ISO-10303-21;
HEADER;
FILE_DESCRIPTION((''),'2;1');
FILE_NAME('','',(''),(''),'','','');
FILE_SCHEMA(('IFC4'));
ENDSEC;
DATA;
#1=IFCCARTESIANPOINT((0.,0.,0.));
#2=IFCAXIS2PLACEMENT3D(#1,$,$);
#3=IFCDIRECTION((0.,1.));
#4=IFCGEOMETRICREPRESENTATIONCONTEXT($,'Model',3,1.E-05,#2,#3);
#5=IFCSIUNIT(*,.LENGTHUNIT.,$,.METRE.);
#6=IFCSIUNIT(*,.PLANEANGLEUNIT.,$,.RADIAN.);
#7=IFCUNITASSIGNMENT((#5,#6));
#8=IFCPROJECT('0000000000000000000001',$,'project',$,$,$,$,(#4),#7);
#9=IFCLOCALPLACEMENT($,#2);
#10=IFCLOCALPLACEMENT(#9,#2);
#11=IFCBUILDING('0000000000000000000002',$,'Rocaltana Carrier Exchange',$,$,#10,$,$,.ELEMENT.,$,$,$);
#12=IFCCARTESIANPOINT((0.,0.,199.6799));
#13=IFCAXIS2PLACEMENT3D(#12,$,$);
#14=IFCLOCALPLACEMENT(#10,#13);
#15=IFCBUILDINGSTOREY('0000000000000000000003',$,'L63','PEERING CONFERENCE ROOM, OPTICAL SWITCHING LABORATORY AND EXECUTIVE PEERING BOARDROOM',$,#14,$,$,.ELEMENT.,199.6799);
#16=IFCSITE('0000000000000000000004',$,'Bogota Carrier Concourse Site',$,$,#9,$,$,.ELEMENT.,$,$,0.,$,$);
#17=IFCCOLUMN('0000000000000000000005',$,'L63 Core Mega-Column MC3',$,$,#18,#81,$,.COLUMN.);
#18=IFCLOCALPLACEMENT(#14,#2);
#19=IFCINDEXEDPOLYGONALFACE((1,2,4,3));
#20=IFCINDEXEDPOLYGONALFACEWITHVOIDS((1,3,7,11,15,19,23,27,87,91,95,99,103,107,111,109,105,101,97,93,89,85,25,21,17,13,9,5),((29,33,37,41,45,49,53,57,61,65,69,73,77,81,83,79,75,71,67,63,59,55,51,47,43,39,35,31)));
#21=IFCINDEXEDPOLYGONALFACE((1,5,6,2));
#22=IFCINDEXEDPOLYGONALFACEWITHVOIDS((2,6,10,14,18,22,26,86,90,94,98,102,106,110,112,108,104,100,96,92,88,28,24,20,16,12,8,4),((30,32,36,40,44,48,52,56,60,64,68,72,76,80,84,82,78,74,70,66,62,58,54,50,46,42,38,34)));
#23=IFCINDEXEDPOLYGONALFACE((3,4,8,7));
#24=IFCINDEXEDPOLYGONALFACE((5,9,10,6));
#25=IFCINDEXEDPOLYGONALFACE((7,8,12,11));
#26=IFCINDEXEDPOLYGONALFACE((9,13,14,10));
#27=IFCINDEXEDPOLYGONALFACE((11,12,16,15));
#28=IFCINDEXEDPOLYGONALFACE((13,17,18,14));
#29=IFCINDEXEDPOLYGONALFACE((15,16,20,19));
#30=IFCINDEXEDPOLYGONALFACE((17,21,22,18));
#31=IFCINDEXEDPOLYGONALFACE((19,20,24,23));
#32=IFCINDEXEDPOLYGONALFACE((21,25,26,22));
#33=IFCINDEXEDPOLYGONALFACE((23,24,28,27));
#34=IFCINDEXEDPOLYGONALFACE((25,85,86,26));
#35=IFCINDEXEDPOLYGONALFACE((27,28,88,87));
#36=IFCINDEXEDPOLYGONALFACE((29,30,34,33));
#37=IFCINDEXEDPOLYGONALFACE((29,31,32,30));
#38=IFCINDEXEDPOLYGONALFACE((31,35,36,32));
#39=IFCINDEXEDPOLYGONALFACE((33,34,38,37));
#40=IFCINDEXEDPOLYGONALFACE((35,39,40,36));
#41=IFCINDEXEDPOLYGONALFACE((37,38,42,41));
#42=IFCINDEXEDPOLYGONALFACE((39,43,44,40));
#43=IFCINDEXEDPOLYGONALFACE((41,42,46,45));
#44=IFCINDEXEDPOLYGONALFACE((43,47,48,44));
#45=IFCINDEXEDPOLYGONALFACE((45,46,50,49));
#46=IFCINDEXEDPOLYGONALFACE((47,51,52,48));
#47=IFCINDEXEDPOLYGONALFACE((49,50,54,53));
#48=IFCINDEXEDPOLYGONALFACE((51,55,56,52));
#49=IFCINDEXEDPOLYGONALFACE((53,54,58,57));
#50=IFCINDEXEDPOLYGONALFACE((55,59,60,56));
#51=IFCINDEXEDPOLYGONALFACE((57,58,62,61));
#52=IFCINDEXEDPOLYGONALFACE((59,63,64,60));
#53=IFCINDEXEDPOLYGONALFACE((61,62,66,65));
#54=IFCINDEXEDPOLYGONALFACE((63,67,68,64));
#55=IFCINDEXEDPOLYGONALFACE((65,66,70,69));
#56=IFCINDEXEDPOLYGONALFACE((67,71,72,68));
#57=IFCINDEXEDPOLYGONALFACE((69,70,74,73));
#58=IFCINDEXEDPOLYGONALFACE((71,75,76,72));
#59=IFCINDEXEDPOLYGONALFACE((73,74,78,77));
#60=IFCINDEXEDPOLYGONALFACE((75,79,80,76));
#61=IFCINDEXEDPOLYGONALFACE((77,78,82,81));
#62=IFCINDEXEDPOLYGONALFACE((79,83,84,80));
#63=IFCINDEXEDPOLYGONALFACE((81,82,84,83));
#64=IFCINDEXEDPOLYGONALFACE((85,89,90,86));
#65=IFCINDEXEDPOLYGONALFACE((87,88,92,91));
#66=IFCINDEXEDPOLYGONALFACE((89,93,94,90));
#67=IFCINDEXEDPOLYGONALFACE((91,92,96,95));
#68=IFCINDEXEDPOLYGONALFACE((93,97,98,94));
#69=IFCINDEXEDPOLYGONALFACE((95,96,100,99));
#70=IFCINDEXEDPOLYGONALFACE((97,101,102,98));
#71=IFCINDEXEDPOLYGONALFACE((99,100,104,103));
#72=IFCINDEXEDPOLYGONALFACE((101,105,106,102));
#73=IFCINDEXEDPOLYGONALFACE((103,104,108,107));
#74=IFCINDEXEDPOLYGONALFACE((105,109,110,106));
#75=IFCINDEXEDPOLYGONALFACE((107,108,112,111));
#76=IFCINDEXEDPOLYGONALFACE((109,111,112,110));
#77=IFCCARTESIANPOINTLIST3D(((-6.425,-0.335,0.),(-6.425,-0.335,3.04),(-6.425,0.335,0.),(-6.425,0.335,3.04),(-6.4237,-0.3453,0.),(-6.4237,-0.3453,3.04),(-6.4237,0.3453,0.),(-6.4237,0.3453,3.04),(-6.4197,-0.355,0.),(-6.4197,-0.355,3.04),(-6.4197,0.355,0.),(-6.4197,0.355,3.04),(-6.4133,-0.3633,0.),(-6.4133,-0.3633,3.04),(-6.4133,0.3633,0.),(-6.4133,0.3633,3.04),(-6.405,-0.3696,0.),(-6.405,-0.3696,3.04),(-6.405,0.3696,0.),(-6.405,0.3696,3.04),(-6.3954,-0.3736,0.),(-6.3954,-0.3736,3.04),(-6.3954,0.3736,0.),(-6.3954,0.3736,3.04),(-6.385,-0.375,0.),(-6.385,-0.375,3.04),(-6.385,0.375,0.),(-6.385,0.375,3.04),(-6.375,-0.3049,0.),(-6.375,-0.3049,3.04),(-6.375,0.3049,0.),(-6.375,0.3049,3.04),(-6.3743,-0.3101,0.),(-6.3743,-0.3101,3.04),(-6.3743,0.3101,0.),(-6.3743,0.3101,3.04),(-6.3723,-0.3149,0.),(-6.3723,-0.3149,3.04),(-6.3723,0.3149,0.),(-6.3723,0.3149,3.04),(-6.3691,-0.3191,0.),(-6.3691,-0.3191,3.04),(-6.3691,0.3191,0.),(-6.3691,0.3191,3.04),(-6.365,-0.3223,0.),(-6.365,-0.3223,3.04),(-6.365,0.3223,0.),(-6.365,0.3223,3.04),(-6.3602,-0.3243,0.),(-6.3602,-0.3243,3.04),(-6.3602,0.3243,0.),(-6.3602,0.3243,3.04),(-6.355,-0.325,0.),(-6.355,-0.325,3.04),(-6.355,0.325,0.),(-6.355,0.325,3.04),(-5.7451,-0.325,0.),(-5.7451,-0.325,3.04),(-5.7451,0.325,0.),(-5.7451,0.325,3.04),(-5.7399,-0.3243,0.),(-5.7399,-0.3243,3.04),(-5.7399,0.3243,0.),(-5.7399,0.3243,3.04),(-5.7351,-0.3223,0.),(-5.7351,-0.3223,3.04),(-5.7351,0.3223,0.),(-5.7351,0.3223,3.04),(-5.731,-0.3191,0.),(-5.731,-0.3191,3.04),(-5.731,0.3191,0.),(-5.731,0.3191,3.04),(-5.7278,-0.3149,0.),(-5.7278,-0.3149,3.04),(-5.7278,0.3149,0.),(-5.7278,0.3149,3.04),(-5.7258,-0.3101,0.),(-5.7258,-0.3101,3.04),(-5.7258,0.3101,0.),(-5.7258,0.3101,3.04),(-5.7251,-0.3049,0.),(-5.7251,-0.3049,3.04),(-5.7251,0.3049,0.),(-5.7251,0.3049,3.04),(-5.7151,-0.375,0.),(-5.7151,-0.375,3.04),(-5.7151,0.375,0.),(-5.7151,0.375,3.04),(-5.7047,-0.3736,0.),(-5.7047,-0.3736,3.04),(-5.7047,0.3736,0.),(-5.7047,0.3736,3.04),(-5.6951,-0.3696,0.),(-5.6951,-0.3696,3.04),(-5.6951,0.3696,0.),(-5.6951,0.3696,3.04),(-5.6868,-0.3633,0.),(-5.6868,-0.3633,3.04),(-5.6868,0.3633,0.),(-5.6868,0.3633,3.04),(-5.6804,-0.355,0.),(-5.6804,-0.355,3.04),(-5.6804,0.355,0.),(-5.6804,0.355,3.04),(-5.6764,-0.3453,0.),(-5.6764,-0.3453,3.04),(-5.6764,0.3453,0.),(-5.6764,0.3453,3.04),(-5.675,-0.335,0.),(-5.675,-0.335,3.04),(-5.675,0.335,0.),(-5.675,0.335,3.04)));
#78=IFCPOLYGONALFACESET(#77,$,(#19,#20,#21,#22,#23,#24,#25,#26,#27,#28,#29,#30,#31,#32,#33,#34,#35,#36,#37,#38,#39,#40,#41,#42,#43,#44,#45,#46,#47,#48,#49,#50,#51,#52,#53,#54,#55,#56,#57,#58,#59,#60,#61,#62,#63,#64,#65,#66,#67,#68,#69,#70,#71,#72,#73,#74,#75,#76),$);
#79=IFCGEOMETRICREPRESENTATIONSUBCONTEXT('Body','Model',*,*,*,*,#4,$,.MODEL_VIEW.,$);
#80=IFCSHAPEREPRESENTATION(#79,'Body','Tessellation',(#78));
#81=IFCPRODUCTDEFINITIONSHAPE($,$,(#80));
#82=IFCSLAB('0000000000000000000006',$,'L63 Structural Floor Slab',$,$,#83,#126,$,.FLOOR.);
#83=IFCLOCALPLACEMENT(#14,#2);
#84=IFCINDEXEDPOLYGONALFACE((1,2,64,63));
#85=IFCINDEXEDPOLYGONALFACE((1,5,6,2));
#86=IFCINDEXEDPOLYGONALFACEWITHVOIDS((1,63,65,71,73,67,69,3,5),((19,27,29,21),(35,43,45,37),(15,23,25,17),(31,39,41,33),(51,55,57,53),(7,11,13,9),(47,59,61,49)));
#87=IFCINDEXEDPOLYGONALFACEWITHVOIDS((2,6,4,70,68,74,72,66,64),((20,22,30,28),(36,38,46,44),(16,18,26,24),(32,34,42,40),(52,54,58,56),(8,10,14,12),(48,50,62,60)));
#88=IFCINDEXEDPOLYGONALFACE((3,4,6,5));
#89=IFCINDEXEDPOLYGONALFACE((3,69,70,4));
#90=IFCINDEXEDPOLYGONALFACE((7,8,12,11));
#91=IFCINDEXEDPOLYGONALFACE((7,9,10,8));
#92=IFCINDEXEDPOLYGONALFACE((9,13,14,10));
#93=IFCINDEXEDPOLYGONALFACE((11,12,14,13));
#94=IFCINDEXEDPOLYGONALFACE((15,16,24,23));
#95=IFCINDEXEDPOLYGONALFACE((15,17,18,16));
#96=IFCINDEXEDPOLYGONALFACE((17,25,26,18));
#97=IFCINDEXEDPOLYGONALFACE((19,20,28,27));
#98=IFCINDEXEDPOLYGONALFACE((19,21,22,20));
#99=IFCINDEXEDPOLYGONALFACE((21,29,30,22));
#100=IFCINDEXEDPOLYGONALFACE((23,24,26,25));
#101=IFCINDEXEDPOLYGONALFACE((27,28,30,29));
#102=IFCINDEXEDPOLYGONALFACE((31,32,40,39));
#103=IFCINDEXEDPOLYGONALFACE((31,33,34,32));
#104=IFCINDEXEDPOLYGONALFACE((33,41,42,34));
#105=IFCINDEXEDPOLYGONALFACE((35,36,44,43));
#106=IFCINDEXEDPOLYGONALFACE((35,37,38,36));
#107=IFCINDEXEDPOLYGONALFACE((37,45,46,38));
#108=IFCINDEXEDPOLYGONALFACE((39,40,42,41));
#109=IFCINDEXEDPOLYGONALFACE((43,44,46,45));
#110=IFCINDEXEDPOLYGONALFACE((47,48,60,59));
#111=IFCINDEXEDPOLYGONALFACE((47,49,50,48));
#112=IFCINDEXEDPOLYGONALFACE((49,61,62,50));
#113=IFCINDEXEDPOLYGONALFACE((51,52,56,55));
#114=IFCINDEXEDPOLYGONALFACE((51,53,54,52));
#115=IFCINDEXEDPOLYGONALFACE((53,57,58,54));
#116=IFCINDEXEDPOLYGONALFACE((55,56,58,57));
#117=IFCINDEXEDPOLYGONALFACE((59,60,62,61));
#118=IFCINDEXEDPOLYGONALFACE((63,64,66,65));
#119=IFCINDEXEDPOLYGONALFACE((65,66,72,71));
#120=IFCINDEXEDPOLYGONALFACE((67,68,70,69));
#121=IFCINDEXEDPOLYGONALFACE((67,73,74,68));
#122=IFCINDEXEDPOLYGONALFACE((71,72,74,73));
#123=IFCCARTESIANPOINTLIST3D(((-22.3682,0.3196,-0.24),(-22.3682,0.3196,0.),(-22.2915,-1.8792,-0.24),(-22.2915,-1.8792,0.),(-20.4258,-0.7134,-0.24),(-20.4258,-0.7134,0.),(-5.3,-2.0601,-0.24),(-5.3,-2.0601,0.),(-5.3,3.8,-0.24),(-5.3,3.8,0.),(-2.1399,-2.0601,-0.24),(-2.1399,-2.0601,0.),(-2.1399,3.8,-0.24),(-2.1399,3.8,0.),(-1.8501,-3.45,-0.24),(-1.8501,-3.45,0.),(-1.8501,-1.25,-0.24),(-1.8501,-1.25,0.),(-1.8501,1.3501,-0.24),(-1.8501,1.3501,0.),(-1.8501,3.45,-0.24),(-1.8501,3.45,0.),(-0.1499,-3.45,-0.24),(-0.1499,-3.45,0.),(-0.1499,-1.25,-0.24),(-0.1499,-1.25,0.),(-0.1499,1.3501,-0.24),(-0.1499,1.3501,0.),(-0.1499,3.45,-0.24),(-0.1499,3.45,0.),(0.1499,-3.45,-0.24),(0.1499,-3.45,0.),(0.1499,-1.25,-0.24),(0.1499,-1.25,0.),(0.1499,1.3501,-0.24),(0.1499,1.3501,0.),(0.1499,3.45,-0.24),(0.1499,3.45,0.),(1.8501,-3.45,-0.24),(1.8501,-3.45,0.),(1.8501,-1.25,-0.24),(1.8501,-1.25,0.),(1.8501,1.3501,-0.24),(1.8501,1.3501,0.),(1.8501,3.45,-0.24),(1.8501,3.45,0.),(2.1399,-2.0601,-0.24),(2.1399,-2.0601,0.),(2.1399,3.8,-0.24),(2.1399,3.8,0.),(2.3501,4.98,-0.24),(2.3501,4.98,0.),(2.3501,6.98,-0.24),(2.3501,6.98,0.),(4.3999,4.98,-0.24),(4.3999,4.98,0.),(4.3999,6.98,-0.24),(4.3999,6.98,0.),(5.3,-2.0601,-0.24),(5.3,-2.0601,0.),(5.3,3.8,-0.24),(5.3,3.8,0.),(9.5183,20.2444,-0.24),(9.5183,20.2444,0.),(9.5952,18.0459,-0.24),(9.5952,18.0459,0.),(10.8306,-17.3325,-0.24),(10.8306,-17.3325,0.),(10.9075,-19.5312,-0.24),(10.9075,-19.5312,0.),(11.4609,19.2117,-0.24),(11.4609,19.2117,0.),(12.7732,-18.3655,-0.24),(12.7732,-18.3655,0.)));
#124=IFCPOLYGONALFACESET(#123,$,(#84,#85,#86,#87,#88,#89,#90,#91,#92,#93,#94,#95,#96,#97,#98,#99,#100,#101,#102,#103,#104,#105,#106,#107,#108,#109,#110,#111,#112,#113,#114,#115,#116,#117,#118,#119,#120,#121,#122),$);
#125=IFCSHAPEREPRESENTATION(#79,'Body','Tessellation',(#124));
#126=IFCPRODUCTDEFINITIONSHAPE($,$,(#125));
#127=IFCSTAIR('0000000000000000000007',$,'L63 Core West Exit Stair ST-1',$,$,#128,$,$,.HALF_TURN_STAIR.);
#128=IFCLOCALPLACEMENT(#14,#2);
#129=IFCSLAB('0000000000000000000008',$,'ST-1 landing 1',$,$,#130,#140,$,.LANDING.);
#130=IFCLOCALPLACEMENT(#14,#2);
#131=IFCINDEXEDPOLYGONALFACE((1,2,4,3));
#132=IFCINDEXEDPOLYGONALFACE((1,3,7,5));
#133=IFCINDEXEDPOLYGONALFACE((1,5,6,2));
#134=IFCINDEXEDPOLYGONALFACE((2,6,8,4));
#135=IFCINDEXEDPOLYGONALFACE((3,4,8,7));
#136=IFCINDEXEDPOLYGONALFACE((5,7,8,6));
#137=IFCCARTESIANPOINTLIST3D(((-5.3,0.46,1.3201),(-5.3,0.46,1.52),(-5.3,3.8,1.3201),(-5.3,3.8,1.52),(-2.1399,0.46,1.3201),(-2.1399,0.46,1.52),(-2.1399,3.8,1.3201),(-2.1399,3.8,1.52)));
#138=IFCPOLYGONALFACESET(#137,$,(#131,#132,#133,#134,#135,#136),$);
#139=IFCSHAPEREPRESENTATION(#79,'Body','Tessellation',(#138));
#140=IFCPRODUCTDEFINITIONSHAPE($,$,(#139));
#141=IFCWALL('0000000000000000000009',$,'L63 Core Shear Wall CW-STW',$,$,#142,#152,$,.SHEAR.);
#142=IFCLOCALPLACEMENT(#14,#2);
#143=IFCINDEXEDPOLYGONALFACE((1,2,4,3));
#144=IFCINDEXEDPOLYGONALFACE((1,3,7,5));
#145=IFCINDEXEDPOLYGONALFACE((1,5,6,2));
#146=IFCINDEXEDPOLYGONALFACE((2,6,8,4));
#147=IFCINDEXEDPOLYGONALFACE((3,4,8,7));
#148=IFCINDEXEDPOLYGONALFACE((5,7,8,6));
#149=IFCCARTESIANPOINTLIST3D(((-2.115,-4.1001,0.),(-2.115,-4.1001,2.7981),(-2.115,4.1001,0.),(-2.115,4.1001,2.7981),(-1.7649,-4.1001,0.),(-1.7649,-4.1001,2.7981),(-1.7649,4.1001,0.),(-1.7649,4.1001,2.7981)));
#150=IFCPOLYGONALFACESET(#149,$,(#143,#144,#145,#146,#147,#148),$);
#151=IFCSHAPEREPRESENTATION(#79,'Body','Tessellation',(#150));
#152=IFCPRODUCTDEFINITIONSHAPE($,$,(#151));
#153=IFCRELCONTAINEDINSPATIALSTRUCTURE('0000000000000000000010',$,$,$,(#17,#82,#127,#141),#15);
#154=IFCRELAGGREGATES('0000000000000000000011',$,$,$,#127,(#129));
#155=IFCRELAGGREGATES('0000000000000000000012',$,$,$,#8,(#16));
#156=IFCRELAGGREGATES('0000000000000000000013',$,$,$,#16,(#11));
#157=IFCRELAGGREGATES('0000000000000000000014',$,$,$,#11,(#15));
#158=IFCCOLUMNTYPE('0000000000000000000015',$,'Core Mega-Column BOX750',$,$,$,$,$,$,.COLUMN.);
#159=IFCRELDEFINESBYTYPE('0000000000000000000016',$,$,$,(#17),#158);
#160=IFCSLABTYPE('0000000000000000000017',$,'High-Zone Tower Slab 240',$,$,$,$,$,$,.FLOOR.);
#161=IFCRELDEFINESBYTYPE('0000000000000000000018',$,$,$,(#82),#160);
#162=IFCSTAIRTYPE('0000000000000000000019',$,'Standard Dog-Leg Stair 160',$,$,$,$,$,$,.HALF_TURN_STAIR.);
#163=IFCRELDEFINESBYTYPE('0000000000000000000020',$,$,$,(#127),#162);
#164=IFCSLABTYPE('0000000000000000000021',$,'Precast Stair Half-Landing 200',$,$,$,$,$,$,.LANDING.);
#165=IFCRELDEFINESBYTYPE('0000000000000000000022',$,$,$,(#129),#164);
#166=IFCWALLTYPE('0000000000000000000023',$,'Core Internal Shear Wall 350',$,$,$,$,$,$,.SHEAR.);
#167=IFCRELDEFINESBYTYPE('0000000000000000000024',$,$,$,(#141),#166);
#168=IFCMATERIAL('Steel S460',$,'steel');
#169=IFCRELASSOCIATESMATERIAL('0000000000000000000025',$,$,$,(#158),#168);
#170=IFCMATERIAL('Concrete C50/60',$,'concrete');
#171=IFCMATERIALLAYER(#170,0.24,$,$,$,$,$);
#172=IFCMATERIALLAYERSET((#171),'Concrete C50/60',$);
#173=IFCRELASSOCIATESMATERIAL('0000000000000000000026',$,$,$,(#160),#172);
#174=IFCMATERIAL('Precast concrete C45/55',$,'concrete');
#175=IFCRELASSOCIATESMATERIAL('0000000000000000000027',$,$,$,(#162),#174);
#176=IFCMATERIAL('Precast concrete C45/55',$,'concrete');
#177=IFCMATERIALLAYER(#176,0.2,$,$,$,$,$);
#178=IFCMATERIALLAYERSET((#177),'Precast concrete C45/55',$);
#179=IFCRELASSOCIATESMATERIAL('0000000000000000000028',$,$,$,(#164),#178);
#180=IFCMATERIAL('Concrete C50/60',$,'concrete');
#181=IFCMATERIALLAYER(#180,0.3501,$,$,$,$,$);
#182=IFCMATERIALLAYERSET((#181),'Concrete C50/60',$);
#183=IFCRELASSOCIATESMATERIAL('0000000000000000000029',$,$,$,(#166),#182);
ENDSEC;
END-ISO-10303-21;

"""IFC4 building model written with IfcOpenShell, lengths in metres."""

from ifc_helpers import new_model, si_unit, direction, frame, frame_2d, origin, origin_2d, place, context, subcontext, project, spatial, polyline, rectangle, hollow_rectangle, outline, extrude, material, layer, layer_set, material_profile, profile_set, type_object, element, aggregate, save


model = new_model("IFC4")

# Units and contexts
model_context = context("Model", 3, precision=1e-05, world=origin(), true_north=direction((0.0, 1.0)))
body_context = subcontext(model_context, "Body", "Model", "MODEL_VIEW")
ifc_project = project(units=[si_unit("LENGTHUNIT", "METRE"), si_unit("PLANEANGLEUNIT", "RADIAN")], contexts=[model_context])

# Site, building, storey
site_placement = place(None, origin())
site = spatial("IfcSite", under=ifc_project, at=site_placement, Name="Bogota Carrier Concourse Site", CompositionType="ELEMENT", RefElevation=0.0)
building_placement = place(site_placement, origin())
building = spatial("IfcBuilding", under=site, at=building_placement, Name="Rocaltana Carrier Exchange", CompositionType="ELEMENT")
storey_placement = place(building_placement, frame((0.0, 0.0, 199.6799)))
storey = spatial("IfcBuildingStorey", under=building, at=storey_placement, Name="L63", Description="PEERING CONFERENCE ROOM, OPTICAL SWITCHING LABORATORY AND EXECUTIVE PEERING BOARDROOM", CompositionType="ELEMENT", Elevation=199.6799)

# Column
ifc_material_1 = material(Name="Steel S460", Category="steel")
ifc_material_profile = material_profile(ifc_material_1, hollow_rectangle(XDim=0.75, YDim=0.75, WallThickness=0.05, InnerFilletRadius=0.02, OuterFilletRadius=0.04, at=origin_2d()), Name="BOX750X750X50")
ifc_profile_set = profile_set([ifc_material_profile], Name="Steel S460")
column_type = type_object("IfcColumnType", Name="Core Mega-Column BOX750", PredefinedType="COLUMN", material=ifc_profile_set)
column_placement = place(storey_placement, frame((-6.05, 0.0, 0.0), z_axis=(0.0, 0.0, 1.0), x_axis=(1.0, 0.0, 0.0)))
element("IfcColumn", 1, at=column_placement, inside=storey, type_object=column_type, Name="L63 Core Mega-Column MC3", PredefinedType="COLUMN", context=body_context, shape_type="SweptSolid", body=[
    extrude(hollow_rectangle(XDim=0.75, YDim=0.75, WallThickness=0.05, InnerFilletRadius=0.02, OuterFilletRadius=0.04, at=origin_2d()), origin(), (0.0, 0.0, 1.0), 3.04),
])

# Slab
ifc_material_2 = material(Name="Concrete C50/60", Category="concrete")
ifc_layer_1 = layer(ifc_material_2, 0.24)
ifc_layer_set_1 = layer_set([ifc_layer_1], Name="Concrete C50/60")
slab_type_1 = type_object("IfcSlabType", Name="High-Zone Tower Slab 240", PredefinedType="FLOOR", material=ifc_layer_set_1)
slab_1_placement = place(storey_placement, frame((0.0, 0.0, -0.24)))
element("IfcSlab", 2, at=slab_1_placement, inside=storey, type_object=slab_type_1, Name="L63 Structural Floor Slab", PredefinedType="FLOOR", context=body_context, shape_type="SweptSolid", body=[
    extrude(outline(polyline([(10.9075, -19.5312), (10.8306, -17.3325), (12.7732, -18.3655), (11.4609, 19.2117), (9.5952, 18.0459), (9.5183, 20.2444), (-22.3682, 0.3196), (-20.4258, -0.7134), (-22.2915, -1.8792), (10.9075, -19.5312)]), holes=[polyline([(-5.3, -2.0601), (-2.1399, -2.0601), (-2.1399, 3.8), (-5.3, 3.8), (-5.3, -2.0601)]), polyline([(2.1399, -2.0601), (5.3, -2.0601), (5.3, 3.8), (2.1399, 3.8), (2.1399, -2.0601)]), polyline([(-1.8501, -3.45), (-0.1499, -3.45), (-0.1499, -1.25), (-1.8501, -1.25), (-1.8501, -3.45)]), polyline([(0.1499, -3.45), (1.8501, -3.45), (1.8501, -1.25), (0.1499, -1.25), (0.1499, -3.45)]), polyline([(2.3501, 4.98), (4.3999, 4.98), (4.3999, 6.98), (2.3501, 6.98), (2.3501, 4.98)]), polyline([(-1.8501, 1.3501), (-0.1499, 1.3501), (-0.1499, 3.45), (-1.8501, 3.45), (-1.8501, 1.3501)]), polyline([(0.1499, 1.3501), (1.8501, 1.3501), (1.8501, 3.45), (0.1499, 3.45), (0.1499, 1.3501)])]), origin(), (0.0, 0.0, 1.0), 0.24),
])

# Stair, slab
ifc_material_3 = material(Name="Precast concrete C45/55", Category="concrete")
stair_type = type_object("IfcStairType", Name="Standard Dog-Leg Stair 160", PredefinedType="HALF_TURN_STAIR", material=ifc_material_3)
stair_placement = place(storey_placement, origin())
stair = element("IfcStair", 3, at=stair_placement, inside=storey, type_object=stair_type, Name="L63 Core West Exit Stair ST-1", PredefinedType="HALF_TURN_STAIR")
ifc_material_4 = material(Name="Precast concrete C45/55", Category="concrete")
ifc_layer_2 = layer(ifc_material_4, 0.2)
ifc_layer_set_2 = layer_set([ifc_layer_2], Name="Precast concrete C45/55")
slab_type_2 = type_object("IfcSlabType", Name="Precast Stair Half-Landing 200", PredefinedType="LANDING", material=ifc_layer_set_2)
slab_2_placement = place(storey_placement, frame((0.0, 0.0, 1.3201)))
slab_2 = element("IfcSlab", 4, at=slab_2_placement, type_object=slab_type_2, Name="ST-1 landing 1", PredefinedType="LANDING", context=body_context, shape_type="SweptSolid", body=[
    extrude(outline(polyline([(-2.1399, 0.46), (-2.1399, 3.8), (-5.3, 3.8), (-5.3, 0.46), (-2.1399, 0.46)])), origin(), (0.0, 0.0, 1.0), 0.2),
])

# Wall
ifc_material_5 = material(Name="Concrete C50/60", Category="concrete")
ifc_layer_3 = layer(ifc_material_5, 0.3501)
ifc_layer_set_3 = layer_set([ifc_layer_3], Name="Concrete C50/60")
wall_type_1 = type_object("IfcWallType", Name="Core Internal Shear Wall 350", PredefinedType="SHEAR", material=ifc_layer_set_3)
wall_1_placement = place(storey_placement, frame((-1.9399, -4.1001, 0.0), z_axis=(0.0, 0.0, 1.0), x_axis=(0.0, 1.0, 0.0)))
element("IfcWall", 5, at=wall_1_placement, inside=storey, type_object=wall_type_1, Name="L63 Core Shear Wall CW-STW", PredefinedType="SHEAR", context=body_context, shape_type="SweptSolid", body=[
    extrude(rectangle(XDim=8.2002, YDim=0.3501, at=frame_2d((4.1001, 0.0))), origin(), (0.0, 0.0, 1.0), 2.7981),
])

aggregate(stair, [slab_2])

save(model, "model.ifc")
